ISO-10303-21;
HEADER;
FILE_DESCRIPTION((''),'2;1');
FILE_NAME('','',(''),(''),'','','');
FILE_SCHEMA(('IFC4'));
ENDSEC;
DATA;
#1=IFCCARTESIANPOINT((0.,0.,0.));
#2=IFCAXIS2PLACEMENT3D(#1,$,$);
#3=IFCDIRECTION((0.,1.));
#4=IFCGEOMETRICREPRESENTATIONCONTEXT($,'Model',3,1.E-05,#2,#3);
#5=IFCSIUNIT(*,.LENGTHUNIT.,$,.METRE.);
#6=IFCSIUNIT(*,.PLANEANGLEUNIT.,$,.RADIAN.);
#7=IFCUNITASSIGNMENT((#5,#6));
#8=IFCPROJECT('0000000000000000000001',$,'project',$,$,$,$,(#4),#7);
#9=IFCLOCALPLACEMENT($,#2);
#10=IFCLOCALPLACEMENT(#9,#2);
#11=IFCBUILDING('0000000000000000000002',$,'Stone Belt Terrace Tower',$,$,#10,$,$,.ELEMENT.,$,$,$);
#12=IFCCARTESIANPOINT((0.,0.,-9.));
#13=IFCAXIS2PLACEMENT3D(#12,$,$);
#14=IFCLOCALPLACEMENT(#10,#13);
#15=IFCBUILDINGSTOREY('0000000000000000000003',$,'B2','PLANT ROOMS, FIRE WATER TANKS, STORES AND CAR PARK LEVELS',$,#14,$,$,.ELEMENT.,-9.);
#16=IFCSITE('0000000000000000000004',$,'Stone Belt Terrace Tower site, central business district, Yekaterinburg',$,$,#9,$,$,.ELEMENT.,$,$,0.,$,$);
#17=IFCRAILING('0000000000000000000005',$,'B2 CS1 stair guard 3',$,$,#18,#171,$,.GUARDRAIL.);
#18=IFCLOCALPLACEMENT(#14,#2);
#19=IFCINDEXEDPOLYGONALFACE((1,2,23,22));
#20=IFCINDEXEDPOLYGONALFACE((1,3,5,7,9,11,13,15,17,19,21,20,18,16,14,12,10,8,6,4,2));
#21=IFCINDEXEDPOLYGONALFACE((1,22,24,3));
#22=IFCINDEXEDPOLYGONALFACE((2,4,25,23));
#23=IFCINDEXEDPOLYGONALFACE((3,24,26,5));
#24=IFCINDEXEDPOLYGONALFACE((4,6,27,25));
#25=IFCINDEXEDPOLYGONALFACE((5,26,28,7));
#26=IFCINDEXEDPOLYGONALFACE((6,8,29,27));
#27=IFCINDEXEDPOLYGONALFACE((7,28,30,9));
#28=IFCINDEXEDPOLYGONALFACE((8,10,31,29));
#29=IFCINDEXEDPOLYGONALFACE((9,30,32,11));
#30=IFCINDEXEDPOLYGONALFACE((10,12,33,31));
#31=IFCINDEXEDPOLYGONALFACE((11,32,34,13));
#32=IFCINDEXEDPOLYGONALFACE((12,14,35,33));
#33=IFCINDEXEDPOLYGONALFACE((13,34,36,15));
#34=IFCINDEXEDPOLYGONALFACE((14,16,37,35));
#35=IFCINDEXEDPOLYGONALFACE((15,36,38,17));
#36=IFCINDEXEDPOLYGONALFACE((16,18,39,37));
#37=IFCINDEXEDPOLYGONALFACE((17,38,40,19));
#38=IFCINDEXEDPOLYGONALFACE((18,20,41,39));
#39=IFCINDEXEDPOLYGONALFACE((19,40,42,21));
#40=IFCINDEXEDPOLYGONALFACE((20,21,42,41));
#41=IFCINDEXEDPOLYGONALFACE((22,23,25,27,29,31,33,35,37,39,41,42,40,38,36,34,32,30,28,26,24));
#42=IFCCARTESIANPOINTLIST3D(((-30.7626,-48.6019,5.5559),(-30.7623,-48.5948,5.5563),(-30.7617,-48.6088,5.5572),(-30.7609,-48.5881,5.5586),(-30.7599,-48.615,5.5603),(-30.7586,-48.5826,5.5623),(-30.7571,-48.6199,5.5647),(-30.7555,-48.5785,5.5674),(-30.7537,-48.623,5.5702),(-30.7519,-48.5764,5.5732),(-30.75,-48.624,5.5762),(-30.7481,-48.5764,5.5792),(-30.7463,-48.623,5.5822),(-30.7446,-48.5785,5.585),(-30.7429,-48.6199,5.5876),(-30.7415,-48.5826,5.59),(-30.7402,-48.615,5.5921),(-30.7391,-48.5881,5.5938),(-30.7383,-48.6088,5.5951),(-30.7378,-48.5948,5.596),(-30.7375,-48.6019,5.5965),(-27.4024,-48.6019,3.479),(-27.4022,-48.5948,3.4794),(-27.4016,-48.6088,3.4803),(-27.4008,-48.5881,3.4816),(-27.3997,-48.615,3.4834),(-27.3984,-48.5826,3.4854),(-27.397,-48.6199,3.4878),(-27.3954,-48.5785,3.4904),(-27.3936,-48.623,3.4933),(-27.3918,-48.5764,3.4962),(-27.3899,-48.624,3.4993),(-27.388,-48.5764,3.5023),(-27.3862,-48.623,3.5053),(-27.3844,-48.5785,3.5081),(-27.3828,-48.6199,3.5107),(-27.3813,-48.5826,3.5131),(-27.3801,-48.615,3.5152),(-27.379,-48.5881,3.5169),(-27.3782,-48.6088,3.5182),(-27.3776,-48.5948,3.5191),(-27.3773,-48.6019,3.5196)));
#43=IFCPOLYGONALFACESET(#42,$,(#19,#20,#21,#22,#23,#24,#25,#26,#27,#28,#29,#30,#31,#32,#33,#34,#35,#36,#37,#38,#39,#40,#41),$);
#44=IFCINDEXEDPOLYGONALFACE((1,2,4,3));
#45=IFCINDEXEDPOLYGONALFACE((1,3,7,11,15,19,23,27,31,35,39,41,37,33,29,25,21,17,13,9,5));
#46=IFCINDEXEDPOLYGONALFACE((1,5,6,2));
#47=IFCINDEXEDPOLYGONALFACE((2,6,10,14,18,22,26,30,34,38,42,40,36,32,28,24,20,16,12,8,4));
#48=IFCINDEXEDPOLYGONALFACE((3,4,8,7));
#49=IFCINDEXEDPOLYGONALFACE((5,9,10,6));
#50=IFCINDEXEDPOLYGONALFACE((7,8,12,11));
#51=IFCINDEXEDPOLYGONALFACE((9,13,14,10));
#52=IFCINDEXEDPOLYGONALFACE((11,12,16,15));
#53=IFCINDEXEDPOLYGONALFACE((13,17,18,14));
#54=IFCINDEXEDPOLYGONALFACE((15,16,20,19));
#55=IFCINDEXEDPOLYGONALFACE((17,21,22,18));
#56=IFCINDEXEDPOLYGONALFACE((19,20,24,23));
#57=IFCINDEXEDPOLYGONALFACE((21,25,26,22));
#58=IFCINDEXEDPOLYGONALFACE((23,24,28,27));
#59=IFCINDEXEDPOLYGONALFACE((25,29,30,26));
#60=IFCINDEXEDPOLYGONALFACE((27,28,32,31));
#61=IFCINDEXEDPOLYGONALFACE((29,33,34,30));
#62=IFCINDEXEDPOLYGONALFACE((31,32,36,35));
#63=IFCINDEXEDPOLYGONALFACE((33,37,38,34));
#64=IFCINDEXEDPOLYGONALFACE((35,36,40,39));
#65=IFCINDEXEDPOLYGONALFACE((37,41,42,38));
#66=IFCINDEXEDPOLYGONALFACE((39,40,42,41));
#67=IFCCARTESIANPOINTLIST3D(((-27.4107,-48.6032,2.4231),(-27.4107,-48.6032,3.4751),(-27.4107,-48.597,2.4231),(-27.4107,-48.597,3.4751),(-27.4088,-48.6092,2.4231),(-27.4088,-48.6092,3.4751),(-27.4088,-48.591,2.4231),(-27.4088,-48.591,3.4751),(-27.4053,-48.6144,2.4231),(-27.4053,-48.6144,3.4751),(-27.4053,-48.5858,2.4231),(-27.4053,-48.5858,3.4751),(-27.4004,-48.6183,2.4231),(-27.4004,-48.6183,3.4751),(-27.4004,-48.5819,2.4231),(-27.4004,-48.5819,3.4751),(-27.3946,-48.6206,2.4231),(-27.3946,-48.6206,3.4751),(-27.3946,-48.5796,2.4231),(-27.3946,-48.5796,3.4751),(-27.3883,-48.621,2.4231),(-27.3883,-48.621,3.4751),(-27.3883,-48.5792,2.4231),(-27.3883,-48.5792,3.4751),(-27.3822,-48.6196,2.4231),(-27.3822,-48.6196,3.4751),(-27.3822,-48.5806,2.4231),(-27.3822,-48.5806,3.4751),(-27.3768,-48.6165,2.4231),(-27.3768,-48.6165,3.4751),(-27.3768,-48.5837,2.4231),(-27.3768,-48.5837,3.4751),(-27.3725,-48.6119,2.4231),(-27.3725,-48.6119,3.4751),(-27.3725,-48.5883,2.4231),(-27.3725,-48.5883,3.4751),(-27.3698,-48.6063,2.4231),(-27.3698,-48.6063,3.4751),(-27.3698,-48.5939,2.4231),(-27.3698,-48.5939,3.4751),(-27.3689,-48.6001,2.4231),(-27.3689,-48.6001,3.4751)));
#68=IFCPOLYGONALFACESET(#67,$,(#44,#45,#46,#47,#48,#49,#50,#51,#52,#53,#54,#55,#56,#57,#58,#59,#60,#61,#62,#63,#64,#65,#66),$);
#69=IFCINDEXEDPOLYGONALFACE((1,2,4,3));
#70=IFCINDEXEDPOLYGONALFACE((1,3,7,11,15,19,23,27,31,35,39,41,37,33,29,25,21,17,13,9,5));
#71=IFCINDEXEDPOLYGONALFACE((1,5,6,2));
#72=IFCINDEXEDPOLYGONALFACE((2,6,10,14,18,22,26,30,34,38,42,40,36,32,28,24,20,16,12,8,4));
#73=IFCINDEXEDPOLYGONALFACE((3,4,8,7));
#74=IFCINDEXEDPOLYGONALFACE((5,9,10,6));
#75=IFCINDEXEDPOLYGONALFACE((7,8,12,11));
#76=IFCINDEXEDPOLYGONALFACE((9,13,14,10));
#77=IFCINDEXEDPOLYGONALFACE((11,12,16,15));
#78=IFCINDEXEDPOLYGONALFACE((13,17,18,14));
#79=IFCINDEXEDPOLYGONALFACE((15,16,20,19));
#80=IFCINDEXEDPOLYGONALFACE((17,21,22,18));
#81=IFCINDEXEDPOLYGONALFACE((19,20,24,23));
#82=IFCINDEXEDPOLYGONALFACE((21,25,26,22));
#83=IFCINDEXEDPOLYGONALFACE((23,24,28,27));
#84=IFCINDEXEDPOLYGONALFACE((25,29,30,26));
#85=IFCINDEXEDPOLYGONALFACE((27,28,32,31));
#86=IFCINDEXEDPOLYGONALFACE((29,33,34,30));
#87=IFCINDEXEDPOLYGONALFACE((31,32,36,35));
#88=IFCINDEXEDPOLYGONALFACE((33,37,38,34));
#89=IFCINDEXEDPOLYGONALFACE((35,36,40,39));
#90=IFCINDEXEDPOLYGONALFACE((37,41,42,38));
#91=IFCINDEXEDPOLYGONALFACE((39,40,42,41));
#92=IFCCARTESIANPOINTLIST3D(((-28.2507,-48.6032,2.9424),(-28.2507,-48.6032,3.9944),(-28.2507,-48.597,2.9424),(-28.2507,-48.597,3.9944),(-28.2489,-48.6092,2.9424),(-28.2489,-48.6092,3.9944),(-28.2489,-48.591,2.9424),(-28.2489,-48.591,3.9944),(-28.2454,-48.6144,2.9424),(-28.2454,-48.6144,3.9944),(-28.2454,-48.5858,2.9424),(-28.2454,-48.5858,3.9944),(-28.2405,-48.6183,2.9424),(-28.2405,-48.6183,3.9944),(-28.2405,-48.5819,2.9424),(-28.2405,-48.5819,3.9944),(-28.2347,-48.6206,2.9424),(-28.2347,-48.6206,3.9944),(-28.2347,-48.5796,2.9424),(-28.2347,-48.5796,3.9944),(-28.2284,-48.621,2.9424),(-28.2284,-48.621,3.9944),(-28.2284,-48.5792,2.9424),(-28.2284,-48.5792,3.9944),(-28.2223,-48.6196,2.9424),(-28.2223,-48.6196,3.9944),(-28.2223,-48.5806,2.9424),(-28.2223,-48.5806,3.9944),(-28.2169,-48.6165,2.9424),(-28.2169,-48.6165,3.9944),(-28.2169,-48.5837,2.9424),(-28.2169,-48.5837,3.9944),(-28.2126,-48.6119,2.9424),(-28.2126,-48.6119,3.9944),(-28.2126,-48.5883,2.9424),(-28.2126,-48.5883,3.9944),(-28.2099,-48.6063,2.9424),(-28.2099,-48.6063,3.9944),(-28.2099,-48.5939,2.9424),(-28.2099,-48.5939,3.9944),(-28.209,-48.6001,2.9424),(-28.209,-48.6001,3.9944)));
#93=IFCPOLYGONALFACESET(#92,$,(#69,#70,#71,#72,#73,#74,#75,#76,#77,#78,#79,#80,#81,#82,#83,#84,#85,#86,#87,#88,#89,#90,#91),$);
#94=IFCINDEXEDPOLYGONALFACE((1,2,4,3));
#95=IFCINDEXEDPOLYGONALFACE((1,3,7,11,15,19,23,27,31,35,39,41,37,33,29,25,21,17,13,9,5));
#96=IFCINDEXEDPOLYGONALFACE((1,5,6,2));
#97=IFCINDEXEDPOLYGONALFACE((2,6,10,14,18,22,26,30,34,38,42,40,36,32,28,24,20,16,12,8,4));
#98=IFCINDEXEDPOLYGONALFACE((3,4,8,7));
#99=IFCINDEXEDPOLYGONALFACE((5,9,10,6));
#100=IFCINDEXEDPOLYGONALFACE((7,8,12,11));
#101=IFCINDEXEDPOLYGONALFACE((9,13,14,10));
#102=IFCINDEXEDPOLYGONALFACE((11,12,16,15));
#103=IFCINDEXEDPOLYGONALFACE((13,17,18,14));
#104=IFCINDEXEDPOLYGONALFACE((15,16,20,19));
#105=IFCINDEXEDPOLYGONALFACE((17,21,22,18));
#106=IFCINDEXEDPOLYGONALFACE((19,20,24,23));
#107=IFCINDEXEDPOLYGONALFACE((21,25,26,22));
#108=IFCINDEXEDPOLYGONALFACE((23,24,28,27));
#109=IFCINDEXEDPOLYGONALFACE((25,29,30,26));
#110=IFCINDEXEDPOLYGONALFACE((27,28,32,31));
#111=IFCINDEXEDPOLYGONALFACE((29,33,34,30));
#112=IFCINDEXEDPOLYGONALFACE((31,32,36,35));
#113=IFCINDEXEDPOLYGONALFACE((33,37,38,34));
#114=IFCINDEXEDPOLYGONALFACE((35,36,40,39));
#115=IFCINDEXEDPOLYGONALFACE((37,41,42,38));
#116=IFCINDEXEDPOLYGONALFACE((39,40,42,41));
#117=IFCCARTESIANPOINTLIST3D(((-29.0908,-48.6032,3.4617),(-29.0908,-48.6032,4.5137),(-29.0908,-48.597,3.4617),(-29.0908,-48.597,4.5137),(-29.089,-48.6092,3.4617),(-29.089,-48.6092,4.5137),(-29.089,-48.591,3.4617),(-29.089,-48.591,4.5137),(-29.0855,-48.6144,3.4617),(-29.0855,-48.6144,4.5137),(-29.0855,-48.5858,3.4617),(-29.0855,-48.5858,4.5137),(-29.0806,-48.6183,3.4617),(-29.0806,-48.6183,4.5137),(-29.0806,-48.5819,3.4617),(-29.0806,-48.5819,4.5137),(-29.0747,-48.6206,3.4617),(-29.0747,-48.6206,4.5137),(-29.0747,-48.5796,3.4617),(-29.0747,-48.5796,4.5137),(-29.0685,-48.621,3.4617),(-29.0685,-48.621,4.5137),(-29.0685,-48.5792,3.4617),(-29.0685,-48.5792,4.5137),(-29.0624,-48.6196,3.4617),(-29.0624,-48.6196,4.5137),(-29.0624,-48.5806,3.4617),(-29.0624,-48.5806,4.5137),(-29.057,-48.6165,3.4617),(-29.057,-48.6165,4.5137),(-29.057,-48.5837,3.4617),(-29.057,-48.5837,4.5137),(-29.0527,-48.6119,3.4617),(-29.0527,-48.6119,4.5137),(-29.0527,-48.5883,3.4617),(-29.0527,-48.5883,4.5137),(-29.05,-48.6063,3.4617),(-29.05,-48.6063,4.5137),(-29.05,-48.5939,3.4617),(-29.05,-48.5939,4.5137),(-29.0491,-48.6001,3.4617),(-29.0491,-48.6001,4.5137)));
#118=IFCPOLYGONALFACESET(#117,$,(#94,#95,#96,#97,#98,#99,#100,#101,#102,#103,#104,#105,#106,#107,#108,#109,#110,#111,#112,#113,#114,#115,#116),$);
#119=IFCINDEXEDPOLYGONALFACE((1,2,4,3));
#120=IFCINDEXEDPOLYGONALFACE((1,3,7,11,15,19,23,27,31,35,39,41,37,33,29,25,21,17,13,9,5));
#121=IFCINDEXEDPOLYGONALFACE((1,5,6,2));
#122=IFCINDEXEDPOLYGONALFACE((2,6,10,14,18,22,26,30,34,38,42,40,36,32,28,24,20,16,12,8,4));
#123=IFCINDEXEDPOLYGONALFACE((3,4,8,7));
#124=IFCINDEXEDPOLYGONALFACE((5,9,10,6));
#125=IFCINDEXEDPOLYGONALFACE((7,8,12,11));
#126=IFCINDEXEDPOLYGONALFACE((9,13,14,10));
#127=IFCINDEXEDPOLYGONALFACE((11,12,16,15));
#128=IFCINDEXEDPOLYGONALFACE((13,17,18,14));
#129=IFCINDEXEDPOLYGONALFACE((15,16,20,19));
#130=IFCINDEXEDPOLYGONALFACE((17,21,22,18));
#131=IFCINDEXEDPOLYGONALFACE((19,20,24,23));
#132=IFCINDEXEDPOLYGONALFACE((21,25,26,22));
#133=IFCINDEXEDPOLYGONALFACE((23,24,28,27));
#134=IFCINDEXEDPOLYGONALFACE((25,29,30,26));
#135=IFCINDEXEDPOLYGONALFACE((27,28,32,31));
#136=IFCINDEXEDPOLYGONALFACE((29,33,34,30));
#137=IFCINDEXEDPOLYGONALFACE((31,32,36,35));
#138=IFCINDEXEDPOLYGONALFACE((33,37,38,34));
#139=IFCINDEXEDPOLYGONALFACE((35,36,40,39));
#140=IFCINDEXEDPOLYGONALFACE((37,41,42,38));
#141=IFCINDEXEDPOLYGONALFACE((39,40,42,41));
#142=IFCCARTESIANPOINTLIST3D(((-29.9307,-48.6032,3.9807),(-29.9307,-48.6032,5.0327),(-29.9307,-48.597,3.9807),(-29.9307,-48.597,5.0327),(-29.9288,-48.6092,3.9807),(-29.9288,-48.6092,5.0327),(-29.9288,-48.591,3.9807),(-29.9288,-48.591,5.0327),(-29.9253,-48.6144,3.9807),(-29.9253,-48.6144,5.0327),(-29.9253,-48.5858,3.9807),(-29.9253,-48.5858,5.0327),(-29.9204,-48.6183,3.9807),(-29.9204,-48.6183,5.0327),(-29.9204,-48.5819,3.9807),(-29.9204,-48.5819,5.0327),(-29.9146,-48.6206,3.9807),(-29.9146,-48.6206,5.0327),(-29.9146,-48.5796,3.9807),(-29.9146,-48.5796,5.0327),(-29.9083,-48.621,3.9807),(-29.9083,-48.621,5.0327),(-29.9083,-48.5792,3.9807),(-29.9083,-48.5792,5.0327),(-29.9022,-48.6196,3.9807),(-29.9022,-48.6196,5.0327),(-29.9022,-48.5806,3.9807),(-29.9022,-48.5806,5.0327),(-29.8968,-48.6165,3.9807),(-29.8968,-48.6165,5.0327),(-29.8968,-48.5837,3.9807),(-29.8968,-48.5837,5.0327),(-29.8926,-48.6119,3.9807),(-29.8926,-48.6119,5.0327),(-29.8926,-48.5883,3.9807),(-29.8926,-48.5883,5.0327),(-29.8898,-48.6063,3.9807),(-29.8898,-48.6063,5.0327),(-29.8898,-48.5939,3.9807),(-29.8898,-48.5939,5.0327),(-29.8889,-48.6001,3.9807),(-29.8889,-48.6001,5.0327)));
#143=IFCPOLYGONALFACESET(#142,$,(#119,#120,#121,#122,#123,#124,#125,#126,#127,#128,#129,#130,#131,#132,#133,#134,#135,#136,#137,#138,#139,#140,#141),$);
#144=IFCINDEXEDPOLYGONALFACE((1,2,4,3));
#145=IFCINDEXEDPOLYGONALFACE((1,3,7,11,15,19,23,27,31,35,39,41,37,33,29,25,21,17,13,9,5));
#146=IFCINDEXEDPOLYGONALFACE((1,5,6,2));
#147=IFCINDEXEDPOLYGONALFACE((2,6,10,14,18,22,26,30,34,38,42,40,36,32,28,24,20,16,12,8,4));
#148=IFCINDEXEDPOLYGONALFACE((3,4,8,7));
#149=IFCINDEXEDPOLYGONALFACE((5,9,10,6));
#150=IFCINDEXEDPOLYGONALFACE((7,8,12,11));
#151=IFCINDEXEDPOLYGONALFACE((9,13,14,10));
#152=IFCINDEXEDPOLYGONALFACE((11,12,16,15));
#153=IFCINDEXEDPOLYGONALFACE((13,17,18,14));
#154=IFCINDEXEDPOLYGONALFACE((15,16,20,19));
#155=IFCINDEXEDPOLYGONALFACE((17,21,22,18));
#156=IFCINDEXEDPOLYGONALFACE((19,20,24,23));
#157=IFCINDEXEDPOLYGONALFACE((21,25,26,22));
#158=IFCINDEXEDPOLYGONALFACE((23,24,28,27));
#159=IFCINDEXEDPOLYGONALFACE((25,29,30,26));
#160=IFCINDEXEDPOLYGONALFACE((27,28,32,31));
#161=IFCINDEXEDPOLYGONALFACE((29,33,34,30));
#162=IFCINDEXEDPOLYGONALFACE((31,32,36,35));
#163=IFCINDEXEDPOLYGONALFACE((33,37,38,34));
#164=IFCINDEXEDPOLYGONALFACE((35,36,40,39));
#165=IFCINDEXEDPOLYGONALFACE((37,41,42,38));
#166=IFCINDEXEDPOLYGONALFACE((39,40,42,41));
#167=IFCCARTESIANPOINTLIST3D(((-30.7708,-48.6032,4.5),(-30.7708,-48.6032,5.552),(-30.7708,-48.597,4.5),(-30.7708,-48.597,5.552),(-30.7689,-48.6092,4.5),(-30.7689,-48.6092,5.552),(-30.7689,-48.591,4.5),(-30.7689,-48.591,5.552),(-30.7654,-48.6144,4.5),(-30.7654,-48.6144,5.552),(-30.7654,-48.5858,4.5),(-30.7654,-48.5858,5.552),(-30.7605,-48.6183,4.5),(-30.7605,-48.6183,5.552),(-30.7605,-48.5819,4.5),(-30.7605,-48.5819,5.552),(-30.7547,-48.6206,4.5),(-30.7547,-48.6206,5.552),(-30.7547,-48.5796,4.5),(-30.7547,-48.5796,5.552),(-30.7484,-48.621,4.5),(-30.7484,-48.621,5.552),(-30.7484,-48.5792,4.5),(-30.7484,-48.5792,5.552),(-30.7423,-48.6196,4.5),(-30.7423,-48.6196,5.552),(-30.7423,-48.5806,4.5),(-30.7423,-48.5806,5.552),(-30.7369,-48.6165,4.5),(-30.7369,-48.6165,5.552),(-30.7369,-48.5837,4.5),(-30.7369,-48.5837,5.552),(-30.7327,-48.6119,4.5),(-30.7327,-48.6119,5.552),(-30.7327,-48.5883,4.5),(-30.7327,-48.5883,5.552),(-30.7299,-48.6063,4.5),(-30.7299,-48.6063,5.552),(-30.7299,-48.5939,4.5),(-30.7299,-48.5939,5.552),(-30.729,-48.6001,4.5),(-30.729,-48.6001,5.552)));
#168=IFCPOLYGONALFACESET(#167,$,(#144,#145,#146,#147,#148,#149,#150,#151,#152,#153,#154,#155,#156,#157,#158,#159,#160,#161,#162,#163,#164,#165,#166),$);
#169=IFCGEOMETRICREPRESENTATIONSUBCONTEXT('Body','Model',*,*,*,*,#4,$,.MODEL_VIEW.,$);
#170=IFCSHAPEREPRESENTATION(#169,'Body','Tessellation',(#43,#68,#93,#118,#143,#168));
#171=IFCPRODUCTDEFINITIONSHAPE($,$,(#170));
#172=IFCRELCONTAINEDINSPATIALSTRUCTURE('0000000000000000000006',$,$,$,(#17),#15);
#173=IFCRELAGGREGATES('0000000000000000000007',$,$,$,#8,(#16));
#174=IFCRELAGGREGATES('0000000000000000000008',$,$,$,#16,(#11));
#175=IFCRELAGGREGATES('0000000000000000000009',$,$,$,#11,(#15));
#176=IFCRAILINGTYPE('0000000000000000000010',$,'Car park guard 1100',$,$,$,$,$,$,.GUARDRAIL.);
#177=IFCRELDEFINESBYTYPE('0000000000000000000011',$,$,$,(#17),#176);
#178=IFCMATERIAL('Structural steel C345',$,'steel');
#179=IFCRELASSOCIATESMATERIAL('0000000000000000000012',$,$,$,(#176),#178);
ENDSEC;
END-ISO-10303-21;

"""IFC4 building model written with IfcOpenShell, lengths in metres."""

from ifc_helpers import new_model, si_unit, direction, frame, origin, origin_2d, place, context, subcontext, project, spatial, circle, extrude, material, type_object, element, save


model = new_model("IFC4")

# Units and contexts
model_context = context("Model", 3, precision=1e-05, world=origin(), true_north=direction((0.0, 1.0)))
body_context = subcontext(model_context, "Body", "Model", "MODEL_VIEW")
ifc_project = project(units=[si_unit("LENGTHUNIT", "METRE"), si_unit("PLANEANGLEUNIT", "RADIAN")], contexts=[model_context])

# Site, building, storey
site_placement = place(None, origin())
site = spatial("IfcSite", under=ifc_project, at=site_placement, Name="Stone Belt Terrace Tower site, central business district, Yekaterinburg", CompositionType="ELEMENT", RefElevation=0.0)
building_placement = place(site_placement, origin())
building = spatial("IfcBuilding", under=site, at=building_placement, Name="Stone Belt Terrace Tower", CompositionType="ELEMENT")
storey_placement = place(building_placement, frame((0.0, 0.0, -9.0)))
storey = spatial("IfcBuildingStorey", under=building, at=storey_placement, Name="B2", Description="PLANT ROOMS, FIRE WATER TANKS, STORES AND CAR PARK LEVELS", CompositionType="ELEMENT", Elevation=-9.0)

# Railing
ifc_material_1 = material(Name="Structural steel C345", Category="steel")
railing_type_1 = type_object("IfcRailingType", Name="Car park guard 1100", PredefinedType="GUARDRAIL", material=ifc_material_1)
railing_1_placement = place(storey_placement, frame((-27.3899, -48.6001, 2.4231)))
element("IfcRailing", 1, at=railing_1_placement, inside=storey, type_object=railing_type_1, Name="B2 CS1 stair guard 3", PredefinedType="GUARDRAIL", context=body_context, shape_type="SweptSolid", body=[
    extrude(circle(Radius=0.0239, at=origin_2d()), frame((0.0, 0.0, 1.0762), z_axis=(-0.850623, 0.0, 0.525776), x_axis=(0.0, -1.0, 0.0)), (0.0, 0.0, 1.0), 3.9502),
    extrude(circle(Radius=0.021, at=origin_2d()), origin(), (0.0, 0.0, 1.0), 1.052),
    extrude(circle(Radius=0.021, at=origin_2d()), frame((-0.8401, 0.0, 0.5193)), (0.0, 0.0, 1.0), 1.052),
    extrude(circle(Radius=0.021, at=origin_2d()), frame((-1.6802, 0.0, 1.0386)), (0.0, 0.0, 1.0), 1.052),
    extrude(circle(Radius=0.021, at=origin_2d()), frame((-2.52, 0.0, 1.5576)), (0.0, 0.0, 1.0), 1.052),
    extrude(circle(Radius=0.021, at=origin_2d()), frame((-3.3601, 0.0, 2.0769)), (0.0, 0.0, 1.0), 1.052),
])

save(model, "model.ifc")
